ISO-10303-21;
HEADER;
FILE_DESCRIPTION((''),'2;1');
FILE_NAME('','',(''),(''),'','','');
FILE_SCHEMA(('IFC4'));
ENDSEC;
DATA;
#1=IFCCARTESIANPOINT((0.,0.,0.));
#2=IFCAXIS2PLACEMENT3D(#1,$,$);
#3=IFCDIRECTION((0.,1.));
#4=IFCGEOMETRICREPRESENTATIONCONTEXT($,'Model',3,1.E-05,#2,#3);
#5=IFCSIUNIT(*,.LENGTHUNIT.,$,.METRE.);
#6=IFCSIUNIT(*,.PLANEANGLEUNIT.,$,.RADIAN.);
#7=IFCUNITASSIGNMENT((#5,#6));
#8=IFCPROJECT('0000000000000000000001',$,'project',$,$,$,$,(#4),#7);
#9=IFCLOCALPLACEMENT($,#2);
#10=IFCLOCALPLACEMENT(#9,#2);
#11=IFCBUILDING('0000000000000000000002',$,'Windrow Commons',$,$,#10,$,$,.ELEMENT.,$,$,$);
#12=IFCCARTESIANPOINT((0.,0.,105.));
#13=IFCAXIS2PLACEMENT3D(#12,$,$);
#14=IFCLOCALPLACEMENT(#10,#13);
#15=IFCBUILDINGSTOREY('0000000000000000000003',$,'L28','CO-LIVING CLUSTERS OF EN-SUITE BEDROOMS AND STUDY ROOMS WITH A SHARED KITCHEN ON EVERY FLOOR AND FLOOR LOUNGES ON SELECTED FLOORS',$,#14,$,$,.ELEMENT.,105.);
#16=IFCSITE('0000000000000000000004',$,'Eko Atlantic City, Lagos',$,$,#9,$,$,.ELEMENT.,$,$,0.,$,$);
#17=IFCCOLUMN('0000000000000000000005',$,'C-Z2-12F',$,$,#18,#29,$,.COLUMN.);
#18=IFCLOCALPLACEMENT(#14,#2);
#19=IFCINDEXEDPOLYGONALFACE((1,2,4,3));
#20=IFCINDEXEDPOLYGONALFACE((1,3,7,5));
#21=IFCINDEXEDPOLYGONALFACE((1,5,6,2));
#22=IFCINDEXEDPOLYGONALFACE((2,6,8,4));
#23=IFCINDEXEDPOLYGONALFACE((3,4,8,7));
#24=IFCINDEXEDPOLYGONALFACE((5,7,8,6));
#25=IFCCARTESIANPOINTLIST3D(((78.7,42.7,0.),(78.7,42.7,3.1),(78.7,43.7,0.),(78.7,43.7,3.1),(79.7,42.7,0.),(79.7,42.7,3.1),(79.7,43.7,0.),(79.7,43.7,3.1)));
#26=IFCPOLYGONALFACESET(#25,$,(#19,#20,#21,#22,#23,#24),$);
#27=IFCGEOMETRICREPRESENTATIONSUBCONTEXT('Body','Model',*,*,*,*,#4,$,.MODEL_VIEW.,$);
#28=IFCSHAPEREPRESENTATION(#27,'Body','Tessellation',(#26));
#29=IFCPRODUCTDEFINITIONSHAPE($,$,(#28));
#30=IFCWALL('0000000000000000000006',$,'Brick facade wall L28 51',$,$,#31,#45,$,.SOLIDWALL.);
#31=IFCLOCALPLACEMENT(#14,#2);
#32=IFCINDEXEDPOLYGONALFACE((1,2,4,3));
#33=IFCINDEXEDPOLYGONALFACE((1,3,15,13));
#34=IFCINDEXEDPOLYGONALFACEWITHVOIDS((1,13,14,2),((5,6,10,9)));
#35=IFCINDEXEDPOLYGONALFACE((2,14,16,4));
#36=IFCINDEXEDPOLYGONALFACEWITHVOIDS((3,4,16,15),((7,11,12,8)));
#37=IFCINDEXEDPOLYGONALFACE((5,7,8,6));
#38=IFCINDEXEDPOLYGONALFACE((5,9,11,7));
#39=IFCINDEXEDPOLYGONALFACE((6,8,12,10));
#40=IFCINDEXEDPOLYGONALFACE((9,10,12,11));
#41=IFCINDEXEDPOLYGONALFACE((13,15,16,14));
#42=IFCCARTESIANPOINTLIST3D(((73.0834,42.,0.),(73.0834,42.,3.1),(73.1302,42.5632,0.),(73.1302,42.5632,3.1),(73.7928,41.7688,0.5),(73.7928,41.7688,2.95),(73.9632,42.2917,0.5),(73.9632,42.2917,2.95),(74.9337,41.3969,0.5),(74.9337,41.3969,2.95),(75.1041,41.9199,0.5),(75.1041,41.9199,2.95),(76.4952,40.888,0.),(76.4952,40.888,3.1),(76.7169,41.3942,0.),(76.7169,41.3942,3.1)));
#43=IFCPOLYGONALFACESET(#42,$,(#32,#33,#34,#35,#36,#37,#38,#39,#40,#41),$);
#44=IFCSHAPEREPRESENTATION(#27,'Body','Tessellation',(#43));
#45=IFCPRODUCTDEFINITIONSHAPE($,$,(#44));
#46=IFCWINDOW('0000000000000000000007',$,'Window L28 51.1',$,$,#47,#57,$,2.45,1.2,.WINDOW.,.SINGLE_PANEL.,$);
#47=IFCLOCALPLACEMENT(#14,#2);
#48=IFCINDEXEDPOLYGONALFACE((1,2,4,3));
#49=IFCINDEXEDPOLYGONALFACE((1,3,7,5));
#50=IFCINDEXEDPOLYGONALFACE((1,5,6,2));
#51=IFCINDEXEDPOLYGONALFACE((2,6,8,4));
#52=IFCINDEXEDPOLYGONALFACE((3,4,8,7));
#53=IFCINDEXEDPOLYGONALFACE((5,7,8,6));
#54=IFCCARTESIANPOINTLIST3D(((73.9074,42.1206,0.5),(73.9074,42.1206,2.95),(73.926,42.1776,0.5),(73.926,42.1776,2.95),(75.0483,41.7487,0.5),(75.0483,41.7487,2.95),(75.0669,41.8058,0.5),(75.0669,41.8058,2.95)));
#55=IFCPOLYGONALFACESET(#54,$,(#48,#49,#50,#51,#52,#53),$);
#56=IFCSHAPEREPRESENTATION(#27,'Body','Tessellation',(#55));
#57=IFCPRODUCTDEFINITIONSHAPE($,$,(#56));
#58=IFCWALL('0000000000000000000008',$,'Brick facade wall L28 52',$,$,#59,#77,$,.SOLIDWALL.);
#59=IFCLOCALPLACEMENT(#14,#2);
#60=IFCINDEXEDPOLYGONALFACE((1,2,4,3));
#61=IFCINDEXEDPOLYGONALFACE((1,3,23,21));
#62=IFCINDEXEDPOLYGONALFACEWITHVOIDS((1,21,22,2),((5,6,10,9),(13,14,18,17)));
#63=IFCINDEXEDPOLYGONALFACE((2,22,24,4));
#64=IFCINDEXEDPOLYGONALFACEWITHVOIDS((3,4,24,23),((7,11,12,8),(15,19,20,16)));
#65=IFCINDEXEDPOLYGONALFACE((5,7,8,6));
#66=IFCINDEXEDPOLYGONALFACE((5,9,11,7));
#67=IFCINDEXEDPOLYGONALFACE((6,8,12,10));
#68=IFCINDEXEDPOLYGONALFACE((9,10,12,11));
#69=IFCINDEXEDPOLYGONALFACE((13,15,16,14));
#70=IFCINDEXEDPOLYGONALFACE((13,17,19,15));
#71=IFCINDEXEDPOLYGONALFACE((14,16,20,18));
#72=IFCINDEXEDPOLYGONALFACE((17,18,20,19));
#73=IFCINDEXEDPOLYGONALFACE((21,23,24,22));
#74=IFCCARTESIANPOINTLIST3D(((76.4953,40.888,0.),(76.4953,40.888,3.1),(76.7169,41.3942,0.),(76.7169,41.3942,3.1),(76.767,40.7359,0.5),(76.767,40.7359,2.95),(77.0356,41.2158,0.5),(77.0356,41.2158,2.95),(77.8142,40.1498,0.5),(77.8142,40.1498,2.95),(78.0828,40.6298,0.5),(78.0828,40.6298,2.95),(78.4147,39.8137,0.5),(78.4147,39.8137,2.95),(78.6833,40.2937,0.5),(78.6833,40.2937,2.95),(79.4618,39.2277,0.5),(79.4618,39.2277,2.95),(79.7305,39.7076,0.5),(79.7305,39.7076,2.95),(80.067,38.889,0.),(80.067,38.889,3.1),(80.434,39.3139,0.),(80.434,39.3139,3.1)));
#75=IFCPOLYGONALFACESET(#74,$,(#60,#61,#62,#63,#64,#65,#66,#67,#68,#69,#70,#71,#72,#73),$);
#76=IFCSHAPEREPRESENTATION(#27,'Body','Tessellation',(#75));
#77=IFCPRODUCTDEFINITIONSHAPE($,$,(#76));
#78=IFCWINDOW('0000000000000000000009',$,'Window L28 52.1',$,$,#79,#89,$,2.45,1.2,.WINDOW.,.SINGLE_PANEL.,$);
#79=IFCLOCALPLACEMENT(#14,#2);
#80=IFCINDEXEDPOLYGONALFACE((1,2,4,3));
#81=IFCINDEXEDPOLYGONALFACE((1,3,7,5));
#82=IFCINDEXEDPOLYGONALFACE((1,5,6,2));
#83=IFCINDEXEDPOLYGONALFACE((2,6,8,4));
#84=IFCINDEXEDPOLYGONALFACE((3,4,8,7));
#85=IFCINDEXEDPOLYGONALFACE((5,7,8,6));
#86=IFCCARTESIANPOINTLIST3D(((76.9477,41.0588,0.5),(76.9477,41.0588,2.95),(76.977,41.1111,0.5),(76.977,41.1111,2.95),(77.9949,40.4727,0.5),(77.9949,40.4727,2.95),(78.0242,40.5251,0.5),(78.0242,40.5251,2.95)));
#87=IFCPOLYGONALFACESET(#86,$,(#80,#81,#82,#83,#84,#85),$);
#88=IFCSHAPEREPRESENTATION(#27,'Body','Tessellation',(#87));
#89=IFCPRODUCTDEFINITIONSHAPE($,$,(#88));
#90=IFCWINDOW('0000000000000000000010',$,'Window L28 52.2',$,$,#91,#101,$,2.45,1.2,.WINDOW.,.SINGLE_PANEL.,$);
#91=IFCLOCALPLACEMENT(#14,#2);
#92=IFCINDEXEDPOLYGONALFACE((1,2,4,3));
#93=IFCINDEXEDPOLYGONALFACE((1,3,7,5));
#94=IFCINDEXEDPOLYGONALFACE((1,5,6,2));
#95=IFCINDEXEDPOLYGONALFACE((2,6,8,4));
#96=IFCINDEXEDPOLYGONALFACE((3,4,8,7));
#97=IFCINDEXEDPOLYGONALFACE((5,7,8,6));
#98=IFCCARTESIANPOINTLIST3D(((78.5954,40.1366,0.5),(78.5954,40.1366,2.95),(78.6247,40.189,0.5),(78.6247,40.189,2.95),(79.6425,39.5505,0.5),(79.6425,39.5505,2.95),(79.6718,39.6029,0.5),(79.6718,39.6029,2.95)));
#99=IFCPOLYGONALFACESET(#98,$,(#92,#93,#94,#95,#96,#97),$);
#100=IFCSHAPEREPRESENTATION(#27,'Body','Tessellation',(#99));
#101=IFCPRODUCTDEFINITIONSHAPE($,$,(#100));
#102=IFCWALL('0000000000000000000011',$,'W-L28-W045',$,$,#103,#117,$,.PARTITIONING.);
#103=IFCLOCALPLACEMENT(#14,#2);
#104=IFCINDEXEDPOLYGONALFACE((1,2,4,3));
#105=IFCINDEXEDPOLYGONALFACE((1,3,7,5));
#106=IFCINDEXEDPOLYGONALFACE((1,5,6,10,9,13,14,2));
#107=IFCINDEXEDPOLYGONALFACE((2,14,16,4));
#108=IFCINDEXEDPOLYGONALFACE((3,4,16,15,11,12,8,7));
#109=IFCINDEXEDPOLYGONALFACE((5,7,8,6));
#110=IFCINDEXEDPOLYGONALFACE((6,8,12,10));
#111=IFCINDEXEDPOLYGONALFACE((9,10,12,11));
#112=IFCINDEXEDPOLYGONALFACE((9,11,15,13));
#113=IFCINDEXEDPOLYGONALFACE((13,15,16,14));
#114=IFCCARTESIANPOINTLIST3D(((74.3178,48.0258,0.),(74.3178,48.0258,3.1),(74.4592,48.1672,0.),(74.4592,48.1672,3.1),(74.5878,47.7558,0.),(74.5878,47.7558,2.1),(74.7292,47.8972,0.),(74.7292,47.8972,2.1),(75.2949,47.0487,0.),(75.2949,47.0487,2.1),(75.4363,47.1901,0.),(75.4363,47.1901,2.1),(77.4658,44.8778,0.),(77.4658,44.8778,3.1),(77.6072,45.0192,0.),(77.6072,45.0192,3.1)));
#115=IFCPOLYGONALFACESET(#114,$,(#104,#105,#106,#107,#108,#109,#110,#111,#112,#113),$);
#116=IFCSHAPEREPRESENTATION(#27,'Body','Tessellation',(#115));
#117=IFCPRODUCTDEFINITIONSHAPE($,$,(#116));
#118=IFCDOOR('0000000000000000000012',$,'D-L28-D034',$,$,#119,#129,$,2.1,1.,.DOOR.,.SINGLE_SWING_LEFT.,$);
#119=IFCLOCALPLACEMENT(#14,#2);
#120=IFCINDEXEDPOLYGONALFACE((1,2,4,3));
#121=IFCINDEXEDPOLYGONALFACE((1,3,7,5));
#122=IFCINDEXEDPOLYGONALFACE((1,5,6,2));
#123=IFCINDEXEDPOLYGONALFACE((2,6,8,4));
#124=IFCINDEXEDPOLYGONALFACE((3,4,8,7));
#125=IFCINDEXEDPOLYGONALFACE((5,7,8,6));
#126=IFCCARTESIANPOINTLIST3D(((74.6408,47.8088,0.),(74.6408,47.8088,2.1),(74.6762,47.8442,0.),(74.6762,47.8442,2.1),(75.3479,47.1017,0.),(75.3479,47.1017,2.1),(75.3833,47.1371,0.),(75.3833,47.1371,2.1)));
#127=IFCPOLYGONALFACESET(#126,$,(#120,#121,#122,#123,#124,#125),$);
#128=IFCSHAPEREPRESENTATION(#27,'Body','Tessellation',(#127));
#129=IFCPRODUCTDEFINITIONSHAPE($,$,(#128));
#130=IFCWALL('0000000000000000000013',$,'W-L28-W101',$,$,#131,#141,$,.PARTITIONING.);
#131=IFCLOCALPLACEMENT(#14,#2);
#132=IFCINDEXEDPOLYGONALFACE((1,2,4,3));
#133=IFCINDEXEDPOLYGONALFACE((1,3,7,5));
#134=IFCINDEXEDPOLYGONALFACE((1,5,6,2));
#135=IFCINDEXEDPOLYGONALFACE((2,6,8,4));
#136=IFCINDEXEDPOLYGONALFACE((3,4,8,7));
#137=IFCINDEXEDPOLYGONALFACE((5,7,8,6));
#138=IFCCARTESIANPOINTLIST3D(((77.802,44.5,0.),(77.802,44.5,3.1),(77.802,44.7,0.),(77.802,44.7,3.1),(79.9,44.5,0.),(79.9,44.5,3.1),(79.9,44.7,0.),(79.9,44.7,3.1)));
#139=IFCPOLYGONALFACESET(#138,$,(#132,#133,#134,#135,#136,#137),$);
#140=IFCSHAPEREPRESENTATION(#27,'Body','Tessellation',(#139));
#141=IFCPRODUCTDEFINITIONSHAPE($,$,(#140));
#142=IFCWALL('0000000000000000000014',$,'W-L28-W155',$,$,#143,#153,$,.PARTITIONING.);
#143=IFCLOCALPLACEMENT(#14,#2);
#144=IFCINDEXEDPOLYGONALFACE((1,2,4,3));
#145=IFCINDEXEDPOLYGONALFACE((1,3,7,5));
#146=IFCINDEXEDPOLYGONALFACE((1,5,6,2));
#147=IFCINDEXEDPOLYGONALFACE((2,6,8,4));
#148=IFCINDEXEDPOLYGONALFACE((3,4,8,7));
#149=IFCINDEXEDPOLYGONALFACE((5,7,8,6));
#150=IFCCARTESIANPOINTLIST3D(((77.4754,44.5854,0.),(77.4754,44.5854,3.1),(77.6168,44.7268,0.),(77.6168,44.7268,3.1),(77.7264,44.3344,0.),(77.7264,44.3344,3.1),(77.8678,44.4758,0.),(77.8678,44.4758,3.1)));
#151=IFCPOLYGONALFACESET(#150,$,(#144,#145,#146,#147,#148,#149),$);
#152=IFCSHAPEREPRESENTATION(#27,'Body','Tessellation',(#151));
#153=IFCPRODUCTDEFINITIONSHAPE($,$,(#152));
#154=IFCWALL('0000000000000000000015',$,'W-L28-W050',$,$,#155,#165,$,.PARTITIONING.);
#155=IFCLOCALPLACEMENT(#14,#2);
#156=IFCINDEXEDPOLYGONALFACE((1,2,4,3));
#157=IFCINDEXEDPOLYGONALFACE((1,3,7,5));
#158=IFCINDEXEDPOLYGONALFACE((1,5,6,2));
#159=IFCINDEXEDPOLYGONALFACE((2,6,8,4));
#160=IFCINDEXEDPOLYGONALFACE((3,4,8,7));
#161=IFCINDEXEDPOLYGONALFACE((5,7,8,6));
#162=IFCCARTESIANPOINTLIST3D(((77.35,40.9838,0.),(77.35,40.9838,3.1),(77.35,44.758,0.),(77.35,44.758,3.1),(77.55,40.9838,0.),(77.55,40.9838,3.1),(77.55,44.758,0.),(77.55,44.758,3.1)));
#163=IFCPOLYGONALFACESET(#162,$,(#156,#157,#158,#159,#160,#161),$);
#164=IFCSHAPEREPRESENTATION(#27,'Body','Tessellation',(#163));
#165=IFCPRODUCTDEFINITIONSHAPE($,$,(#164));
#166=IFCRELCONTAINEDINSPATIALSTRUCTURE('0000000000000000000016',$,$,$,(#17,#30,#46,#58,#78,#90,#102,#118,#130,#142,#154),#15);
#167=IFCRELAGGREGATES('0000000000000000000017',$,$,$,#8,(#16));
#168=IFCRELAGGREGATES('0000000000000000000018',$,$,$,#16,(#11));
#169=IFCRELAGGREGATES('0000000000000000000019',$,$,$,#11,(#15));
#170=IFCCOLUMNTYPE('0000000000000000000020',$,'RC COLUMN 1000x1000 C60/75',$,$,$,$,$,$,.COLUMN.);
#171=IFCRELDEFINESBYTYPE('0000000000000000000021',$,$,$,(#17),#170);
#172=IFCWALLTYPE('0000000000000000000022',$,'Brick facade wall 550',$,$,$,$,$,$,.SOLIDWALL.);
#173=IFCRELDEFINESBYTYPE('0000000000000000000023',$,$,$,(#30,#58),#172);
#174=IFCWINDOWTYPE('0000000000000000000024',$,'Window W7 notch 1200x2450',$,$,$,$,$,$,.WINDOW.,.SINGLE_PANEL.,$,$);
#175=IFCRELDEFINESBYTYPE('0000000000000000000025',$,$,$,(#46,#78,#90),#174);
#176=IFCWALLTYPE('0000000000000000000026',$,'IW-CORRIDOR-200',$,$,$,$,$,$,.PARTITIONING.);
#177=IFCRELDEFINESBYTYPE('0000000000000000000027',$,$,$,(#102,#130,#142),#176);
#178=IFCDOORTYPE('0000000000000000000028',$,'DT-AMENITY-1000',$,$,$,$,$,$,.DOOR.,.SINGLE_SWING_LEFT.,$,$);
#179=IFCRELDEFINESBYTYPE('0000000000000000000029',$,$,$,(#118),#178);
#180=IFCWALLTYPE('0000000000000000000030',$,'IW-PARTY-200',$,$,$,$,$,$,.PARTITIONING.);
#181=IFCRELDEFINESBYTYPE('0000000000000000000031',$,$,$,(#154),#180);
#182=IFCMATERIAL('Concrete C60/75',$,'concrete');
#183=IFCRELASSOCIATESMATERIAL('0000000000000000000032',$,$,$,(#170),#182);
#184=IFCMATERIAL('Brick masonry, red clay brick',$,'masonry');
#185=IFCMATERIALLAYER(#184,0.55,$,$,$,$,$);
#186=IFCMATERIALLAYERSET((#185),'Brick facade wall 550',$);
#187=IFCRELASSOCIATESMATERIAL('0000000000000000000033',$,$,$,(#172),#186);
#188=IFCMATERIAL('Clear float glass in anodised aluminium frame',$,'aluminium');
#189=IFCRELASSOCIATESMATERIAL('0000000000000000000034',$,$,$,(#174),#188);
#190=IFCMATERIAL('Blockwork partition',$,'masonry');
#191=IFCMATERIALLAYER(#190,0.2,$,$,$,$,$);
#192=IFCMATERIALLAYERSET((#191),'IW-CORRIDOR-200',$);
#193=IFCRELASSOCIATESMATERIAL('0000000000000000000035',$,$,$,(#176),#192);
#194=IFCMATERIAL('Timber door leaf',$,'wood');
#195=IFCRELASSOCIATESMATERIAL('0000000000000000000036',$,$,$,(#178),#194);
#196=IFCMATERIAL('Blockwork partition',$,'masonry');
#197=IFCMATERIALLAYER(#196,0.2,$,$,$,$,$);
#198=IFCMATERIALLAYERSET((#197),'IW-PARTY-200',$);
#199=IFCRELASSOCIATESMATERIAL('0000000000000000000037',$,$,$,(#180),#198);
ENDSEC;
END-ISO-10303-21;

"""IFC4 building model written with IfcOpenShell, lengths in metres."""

from ifc_helpers import new_model, si_unit, direction, frame, frame_2d, origin, origin_2d, place, context, subcontext, project, spatial, polyline, rectangle, outline, extrude, material, layer, layer_set, material_profile, profile_set, type_object, element, fill, save


model = new_model("IFC4")

# Units and contexts
model_context = context("Model", 3, precision=1e-05, world=origin(), true_north=direction((0.0, 1.0)))
body_context = subcontext(model_context, "Body", "Model", "MODEL_VIEW")
ifc_project = project(units=[si_unit("LENGTHUNIT", "METRE"), si_unit("PLANEANGLEUNIT", "RADIAN")], contexts=[model_context])

# Site, building, storey
site_placement = place(None, origin())
site = spatial("IfcSite", under=ifc_project, at=site_placement, Name="Eko Atlantic City, Lagos", CompositionType="ELEMENT", RefElevation=0.0)
building_placement = place(site_placement, origin())
building = spatial("IfcBuilding", under=site, at=building_placement, Name="Windrow Commons", CompositionType="ELEMENT")
storey_placement = place(building_placement, frame((0.0, 0.0, 105.0)))
storey = spatial("IfcBuildingStorey", under=building, at=storey_placement, Name="L28", Description="CO-LIVING CLUSTERS OF EN-SUITE BEDROOMS AND STUDY ROOMS WITH A SHARED KITCHEN ON EVERY FLOOR AND FLOOR LOUNGES ON SELECTED FLOORS", CompositionType="ELEMENT", Elevation=105.0)

# Column
ifc_material_1 = material(Name="Concrete C60/75", Category="concrete")
ifc_material_profile = material_profile(ifc_material_1, rectangle(XDim=1.0, YDim=1.0, at=origin_2d()))
ifc_profile_set = profile_set([ifc_material_profile], Name="Concrete C60/75")
column_type = type_object("IfcColumnType", Name="RC COLUMN 1000x1000 C60/75", PredefinedType="COLUMN", material=ifc_profile_set)
column_placement = place(storey_placement, frame((79.2, 43.2, 0.0), z_axis=(0.0, 0.0, 1.0), x_axis=(1.0, 0.0, 0.0)))
element("IfcColumn", 1, at=column_placement, inside=storey, type_object=column_type, Name="C-Z2-12F", PredefinedType="COLUMN", context=body_context, shape_type="SweptSolid", body=[
    extrude(rectangle(XDim=1.0, YDim=1.0, at=origin_2d()), origin(), (0.0, 0.0, 1.0), 3.1),
])

# Wall, opening, window
ifc_material_2 = material(Name="Brick masonry, red clay brick", Category="masonry")
ifc_layer_1 = layer(ifc_material_2, 0.55)
ifc_layer_set_1 = layer_set([ifc_layer_1], Name="Brick facade wall 550")
wall_type_1 = type_object("IfcWallType", Name="Brick facade wall 550", PredefinedType="SOLIDWALL", material=ifc_layer_set_1)
wall_1_placement = place(storey_placement, frame((73.1068, 42.2816, 0.0), z_axis=(0.0, 0.0, 1.0), x_axis=(0.950776, -0.309879, 0.0)))
wall_1 = element("IfcWall", 2, at=wall_1_placement, inside=storey, type_object=wall_type_1, Name="Brick facade wall L28 51", PredefinedType="SOLIDWALL", context=body_context, shape_type="SweptSolid", body=[
    extrude(outline(polyline([(0.065, -0.275), (3.6535, -0.275), (3.7074, 0.275), (-0.065, 0.275), (0.065, -0.275)])), origin(), (0.0, 0.0, 1.0), 3.1),
])
opening_1_placement = place(wall_1_placement, frame((0.8111, 0.0, 0.5)))
opening_1 = element("IfcOpeningElement", 3, at=opening_1_placement, cuts=wall_1, PredefinedType="OPENING", context=body_context, shape_type="SweptSolid", body=[
    extrude(rectangle(XDim=1.2, YDim=2.45, at=frame_2d((0.6, 1.225))), frame((0.0, 0.285, 0.0), z_axis=(0.0, -1.0, 0.0), x_axis=(1.0, 0.0, 0.0)), (0.0, 0.0, 1.0), 0.57),
])
ifc_material_3 = material(Name="Clear float glass in anodised aluminium frame", Category="aluminium")
window_type = type_object("IfcWindowType", Name="Window W7 notch 1200x2450", PartitioningType="SINGLE_PANEL", PredefinedType="WINDOW", material=ifc_material_3)
window_1_placement = place(opening_1_placement, origin())
window_1 = element("IfcWindow", 4, at=window_1_placement, inside=storey, type_object=window_type, Name="Window L28 51.1", OverallHeight=2.45, OverallWidth=1.2, PartitioningType="SINGLE_PANEL", PredefinedType="WINDOW", context=body_context, shape_type="SweptSolid", body=[
    extrude(rectangle(XDim=1.2, YDim=2.45, at=frame_2d((0.6, 1.225))), frame((0.0, 0.155, 0.0), z_axis=(0.0, -1.0, 0.0), x_axis=(1.0, 0.0, 0.0)), (0.0, 0.0, 1.0), 0.06),
])
fill(opening_1, window_1)

# Wall, openings, windows
wall_2_placement = place(storey_placement, frame((76.6061, 41.1411, 0.0), z_axis=(0.0, 0.0, 1.0), x_axis=(0.872625, -0.488391, 0.0)))
wall_2 = element("IfcWall", 5, at=wall_2_placement, inside=storey, type_object=wall_type_1, Name="Brick facade wall L28 52", PredefinedType="SOLIDWALL", context=body_context, shape_type="SweptSolid", body=[
    extrude(outline(polyline([(0.0269, -0.275), (4.12, -0.275), (4.2327, 0.275), (-0.0269, 0.275), (0.0269, -0.275)])), origin(), (0.0, 0.0, 1.0), 3.1),
])
opening_2_placement = place(wall_2_placement, frame((0.3383, 0.0, 0.5)))
opening_2 = element("IfcOpeningElement", 6, at=opening_2_placement, cuts=wall_2, PredefinedType="OPENING", context=body_context, shape_type="SweptSolid", body=[
    extrude(rectangle(XDim=1.2, YDim=2.45, at=frame_2d((0.6, 1.225))), frame((0.0, 0.285, 0.0), z_axis=(0.0, -1.0, 0.0), x_axis=(1.0, 0.0, 0.0)), (0.0, 0.0, 1.0), 0.57),
])
opening_3_placement = place(wall_2_placement, frame((2.2265, 0.0, 0.5)))
opening_3 = element("IfcOpeningElement", 7, at=opening_3_placement, cuts=wall_2, PredefinedType="OPENING", context=body_context, shape_type="SweptSolid", body=[
    extrude(rectangle(XDim=1.2, YDim=2.45, at=frame_2d((0.6, 1.225))), frame((0.0, 0.285, 0.0), z_axis=(0.0, -1.0, 0.0), x_axis=(1.0, 0.0, 0.0)), (0.0, 0.0, 1.0), 0.57),
])
window_2_placement = place(opening_2_placement, origin())
window_2 = element("IfcWindow", 8, at=window_2_placement, inside=storey, type_object=window_type, Name="Window L28 52.1", OverallHeight=2.45, OverallWidth=1.2, PartitioningType="SINGLE_PANEL", PredefinedType="WINDOW", context=body_context, shape_type="SweptSolid", body=[
    extrude(rectangle(XDim=1.2, YDim=2.45, at=frame_2d((0.6, 1.225))), frame((0.0, 0.155, 0.0), z_axis=(0.0, -1.0, 0.0), x_axis=(1.0, 0.0, 0.0)), (0.0, 0.0, 1.0), 0.06),
])
fill(opening_2, window_2)
window_3_placement = place(opening_3_placement, origin())
window_3 = element("IfcWindow", 9, at=window_3_placement, inside=storey, type_object=window_type, Name="Window L28 52.2", OverallHeight=2.45, OverallWidth=1.2, PartitioningType="SINGLE_PANEL", PredefinedType="WINDOW", context=body_context, shape_type="SweptSolid", body=[
    extrude(rectangle(XDim=1.2, YDim=2.45, at=frame_2d((0.6, 1.225))), frame((0.0, 0.155, 0.0), z_axis=(0.0, -1.0, 0.0), x_axis=(1.0, 0.0, 0.0)), (0.0, 0.0, 1.0), 0.06),
])
fill(opening_3, window_3)

# Wall, opening, door
ifc_material_4 = material(Name="Blockwork partition", Category="masonry")
ifc_layer_2 = layer(ifc_material_4, 0.2)
ifc_layer_set_2 = layer_set([ifc_layer_2], Name="IW-CORRIDOR-200")
wall_type_2 = type_object("IfcWallType", Name="IW-CORRIDOR-200", PredefinedType="PARTITIONING", material=ifc_layer_set_2)
wall_3_placement = place(storey_placement, frame((74.3885, 48.0965, 0.0), z_axis=(0.0, 0.0, 1.0), x_axis=(0.707107, -0.707107, 0.0)))
wall_3 = element("IfcWall", 10, at=wall_3_placement, inside=storey, type_object=wall_type_2, Name="W-L28-W045", PredefinedType="PARTITIONING", context=body_context, shape_type="SweptSolid", body=[
    extrude(rectangle(XDim=4.4519, YDim=0.2, at=frame_2d((2.226, 0.0))), origin(), (0.0, 0.0, 1.0), 3.1),
])
opening_4_placement = place(wall_3_placement, frame((0.3818, 0.0, 0.0)))
opening_4 = element("IfcOpeningElement", 11, at=opening_4_placement, cuts=wall_3, PredefinedType="OPENING", context=body_context, shape_type="SweptSolid", body=[
    extrude(rectangle(XDim=1.0, YDim=2.1, at=frame_2d((0.5, 1.05))), frame((0.0, 0.11, 0.0), z_axis=(0.0, -1.0, 0.0), x_axis=(1.0, 0.0, 0.0)), (0.0, 0.0, 1.0), 0.22),
])
ifc_material_5 = material(Name="Timber door leaf", Category="wood")
door_type = type_object("IfcDoorType", Name="DT-AMENITY-1000", OperationType="SINGLE_SWING_LEFT", PredefinedType="DOOR", material=ifc_material_5)
door_placement = place(opening_4_placement, origin())
door = element("IfcDoor", 12, at=door_placement, inside=storey, type_object=door_type, Name="D-L28-D034", OperationType="SINGLE_SWING_LEFT", OverallHeight=2.1, OverallWidth=1.0, PredefinedType="DOOR", context=body_context, shape_type="SweptSolid", body=[
    extrude(rectangle(XDim=1.0, YDim=2.1, at=frame_2d((0.5, 1.05))), frame((0.0, 0.025, 0.0), z_axis=(0.0, -1.0, 0.0), x_axis=(1.0, 0.0, 0.0)), (0.0, 0.0, 1.0), 0.05),
])
fill(opening_4, door)

# Walls
wall_4_placement = place(storey_placement, frame((77.802, 44.6, 0.0), z_axis=(0.0, 0.0, 1.0), x_axis=(1.0, 0.0, 0.0)))
element("IfcWall", 13, at=wall_4_placement, inside=storey, type_object=wall_type_2, Name="W-L28-W101", PredefinedType="PARTITIONING", context=body_context, shape_type="SweptSolid", body=[
    extrude(rectangle(XDim=2.098, YDim=0.2, at=frame_2d((1.049, 0.0))), origin(), (0.0, 0.0, 1.0), 3.1),
])
wall_5_placement = place(storey_placement, frame((77.5461, 44.6561, 0.0), z_axis=(0.0, 0.0, 1.0), x_axis=(0.707107, -0.707107, 0.0)))
element("IfcWall", 14, at=wall_5_placement, inside=storey, type_object=wall_type_2, Name="W-L28-W155", PredefinedType="PARTITIONING", context=body_context, shape_type="SweptSolid", body=[
    extrude(rectangle(XDim=0.355, YDim=0.2, at=frame_2d((0.1775, 0.0))), origin(), (0.0, 0.0, 1.0), 3.1),
])
ifc_material_6 = material(Name="Blockwork partition", Category="masonry")
ifc_layer_3 = layer(ifc_material_6, 0.2)
ifc_layer_set_3 = layer_set([ifc_layer_3], Name="IW-PARTY-200")
wall_type_3 = type_object("IfcWallType", Name="IW-PARTY-200", PredefinedType="PARTITIONING", material=ifc_layer_set_3)
wall_6_placement = place(storey_placement, frame((77.45, 40.9839, 0.0), z_axis=(0.0, 0.0, 1.0), x_axis=(0.0, 1.0, 0.0)))
element("IfcWall", 15, at=wall_6_placement, inside=storey, type_object=wall_type_3, Name="W-L28-W050", PredefinedType="PARTITIONING", context=body_context, shape_type="SweptSolid", body=[
    extrude(rectangle(XDim=3.7741, YDim=0.2, at=frame_2d((1.887, 0.0))), origin(), (0.0, 0.0, 1.0), 3.1),
])

save(model, "model.ifc")
